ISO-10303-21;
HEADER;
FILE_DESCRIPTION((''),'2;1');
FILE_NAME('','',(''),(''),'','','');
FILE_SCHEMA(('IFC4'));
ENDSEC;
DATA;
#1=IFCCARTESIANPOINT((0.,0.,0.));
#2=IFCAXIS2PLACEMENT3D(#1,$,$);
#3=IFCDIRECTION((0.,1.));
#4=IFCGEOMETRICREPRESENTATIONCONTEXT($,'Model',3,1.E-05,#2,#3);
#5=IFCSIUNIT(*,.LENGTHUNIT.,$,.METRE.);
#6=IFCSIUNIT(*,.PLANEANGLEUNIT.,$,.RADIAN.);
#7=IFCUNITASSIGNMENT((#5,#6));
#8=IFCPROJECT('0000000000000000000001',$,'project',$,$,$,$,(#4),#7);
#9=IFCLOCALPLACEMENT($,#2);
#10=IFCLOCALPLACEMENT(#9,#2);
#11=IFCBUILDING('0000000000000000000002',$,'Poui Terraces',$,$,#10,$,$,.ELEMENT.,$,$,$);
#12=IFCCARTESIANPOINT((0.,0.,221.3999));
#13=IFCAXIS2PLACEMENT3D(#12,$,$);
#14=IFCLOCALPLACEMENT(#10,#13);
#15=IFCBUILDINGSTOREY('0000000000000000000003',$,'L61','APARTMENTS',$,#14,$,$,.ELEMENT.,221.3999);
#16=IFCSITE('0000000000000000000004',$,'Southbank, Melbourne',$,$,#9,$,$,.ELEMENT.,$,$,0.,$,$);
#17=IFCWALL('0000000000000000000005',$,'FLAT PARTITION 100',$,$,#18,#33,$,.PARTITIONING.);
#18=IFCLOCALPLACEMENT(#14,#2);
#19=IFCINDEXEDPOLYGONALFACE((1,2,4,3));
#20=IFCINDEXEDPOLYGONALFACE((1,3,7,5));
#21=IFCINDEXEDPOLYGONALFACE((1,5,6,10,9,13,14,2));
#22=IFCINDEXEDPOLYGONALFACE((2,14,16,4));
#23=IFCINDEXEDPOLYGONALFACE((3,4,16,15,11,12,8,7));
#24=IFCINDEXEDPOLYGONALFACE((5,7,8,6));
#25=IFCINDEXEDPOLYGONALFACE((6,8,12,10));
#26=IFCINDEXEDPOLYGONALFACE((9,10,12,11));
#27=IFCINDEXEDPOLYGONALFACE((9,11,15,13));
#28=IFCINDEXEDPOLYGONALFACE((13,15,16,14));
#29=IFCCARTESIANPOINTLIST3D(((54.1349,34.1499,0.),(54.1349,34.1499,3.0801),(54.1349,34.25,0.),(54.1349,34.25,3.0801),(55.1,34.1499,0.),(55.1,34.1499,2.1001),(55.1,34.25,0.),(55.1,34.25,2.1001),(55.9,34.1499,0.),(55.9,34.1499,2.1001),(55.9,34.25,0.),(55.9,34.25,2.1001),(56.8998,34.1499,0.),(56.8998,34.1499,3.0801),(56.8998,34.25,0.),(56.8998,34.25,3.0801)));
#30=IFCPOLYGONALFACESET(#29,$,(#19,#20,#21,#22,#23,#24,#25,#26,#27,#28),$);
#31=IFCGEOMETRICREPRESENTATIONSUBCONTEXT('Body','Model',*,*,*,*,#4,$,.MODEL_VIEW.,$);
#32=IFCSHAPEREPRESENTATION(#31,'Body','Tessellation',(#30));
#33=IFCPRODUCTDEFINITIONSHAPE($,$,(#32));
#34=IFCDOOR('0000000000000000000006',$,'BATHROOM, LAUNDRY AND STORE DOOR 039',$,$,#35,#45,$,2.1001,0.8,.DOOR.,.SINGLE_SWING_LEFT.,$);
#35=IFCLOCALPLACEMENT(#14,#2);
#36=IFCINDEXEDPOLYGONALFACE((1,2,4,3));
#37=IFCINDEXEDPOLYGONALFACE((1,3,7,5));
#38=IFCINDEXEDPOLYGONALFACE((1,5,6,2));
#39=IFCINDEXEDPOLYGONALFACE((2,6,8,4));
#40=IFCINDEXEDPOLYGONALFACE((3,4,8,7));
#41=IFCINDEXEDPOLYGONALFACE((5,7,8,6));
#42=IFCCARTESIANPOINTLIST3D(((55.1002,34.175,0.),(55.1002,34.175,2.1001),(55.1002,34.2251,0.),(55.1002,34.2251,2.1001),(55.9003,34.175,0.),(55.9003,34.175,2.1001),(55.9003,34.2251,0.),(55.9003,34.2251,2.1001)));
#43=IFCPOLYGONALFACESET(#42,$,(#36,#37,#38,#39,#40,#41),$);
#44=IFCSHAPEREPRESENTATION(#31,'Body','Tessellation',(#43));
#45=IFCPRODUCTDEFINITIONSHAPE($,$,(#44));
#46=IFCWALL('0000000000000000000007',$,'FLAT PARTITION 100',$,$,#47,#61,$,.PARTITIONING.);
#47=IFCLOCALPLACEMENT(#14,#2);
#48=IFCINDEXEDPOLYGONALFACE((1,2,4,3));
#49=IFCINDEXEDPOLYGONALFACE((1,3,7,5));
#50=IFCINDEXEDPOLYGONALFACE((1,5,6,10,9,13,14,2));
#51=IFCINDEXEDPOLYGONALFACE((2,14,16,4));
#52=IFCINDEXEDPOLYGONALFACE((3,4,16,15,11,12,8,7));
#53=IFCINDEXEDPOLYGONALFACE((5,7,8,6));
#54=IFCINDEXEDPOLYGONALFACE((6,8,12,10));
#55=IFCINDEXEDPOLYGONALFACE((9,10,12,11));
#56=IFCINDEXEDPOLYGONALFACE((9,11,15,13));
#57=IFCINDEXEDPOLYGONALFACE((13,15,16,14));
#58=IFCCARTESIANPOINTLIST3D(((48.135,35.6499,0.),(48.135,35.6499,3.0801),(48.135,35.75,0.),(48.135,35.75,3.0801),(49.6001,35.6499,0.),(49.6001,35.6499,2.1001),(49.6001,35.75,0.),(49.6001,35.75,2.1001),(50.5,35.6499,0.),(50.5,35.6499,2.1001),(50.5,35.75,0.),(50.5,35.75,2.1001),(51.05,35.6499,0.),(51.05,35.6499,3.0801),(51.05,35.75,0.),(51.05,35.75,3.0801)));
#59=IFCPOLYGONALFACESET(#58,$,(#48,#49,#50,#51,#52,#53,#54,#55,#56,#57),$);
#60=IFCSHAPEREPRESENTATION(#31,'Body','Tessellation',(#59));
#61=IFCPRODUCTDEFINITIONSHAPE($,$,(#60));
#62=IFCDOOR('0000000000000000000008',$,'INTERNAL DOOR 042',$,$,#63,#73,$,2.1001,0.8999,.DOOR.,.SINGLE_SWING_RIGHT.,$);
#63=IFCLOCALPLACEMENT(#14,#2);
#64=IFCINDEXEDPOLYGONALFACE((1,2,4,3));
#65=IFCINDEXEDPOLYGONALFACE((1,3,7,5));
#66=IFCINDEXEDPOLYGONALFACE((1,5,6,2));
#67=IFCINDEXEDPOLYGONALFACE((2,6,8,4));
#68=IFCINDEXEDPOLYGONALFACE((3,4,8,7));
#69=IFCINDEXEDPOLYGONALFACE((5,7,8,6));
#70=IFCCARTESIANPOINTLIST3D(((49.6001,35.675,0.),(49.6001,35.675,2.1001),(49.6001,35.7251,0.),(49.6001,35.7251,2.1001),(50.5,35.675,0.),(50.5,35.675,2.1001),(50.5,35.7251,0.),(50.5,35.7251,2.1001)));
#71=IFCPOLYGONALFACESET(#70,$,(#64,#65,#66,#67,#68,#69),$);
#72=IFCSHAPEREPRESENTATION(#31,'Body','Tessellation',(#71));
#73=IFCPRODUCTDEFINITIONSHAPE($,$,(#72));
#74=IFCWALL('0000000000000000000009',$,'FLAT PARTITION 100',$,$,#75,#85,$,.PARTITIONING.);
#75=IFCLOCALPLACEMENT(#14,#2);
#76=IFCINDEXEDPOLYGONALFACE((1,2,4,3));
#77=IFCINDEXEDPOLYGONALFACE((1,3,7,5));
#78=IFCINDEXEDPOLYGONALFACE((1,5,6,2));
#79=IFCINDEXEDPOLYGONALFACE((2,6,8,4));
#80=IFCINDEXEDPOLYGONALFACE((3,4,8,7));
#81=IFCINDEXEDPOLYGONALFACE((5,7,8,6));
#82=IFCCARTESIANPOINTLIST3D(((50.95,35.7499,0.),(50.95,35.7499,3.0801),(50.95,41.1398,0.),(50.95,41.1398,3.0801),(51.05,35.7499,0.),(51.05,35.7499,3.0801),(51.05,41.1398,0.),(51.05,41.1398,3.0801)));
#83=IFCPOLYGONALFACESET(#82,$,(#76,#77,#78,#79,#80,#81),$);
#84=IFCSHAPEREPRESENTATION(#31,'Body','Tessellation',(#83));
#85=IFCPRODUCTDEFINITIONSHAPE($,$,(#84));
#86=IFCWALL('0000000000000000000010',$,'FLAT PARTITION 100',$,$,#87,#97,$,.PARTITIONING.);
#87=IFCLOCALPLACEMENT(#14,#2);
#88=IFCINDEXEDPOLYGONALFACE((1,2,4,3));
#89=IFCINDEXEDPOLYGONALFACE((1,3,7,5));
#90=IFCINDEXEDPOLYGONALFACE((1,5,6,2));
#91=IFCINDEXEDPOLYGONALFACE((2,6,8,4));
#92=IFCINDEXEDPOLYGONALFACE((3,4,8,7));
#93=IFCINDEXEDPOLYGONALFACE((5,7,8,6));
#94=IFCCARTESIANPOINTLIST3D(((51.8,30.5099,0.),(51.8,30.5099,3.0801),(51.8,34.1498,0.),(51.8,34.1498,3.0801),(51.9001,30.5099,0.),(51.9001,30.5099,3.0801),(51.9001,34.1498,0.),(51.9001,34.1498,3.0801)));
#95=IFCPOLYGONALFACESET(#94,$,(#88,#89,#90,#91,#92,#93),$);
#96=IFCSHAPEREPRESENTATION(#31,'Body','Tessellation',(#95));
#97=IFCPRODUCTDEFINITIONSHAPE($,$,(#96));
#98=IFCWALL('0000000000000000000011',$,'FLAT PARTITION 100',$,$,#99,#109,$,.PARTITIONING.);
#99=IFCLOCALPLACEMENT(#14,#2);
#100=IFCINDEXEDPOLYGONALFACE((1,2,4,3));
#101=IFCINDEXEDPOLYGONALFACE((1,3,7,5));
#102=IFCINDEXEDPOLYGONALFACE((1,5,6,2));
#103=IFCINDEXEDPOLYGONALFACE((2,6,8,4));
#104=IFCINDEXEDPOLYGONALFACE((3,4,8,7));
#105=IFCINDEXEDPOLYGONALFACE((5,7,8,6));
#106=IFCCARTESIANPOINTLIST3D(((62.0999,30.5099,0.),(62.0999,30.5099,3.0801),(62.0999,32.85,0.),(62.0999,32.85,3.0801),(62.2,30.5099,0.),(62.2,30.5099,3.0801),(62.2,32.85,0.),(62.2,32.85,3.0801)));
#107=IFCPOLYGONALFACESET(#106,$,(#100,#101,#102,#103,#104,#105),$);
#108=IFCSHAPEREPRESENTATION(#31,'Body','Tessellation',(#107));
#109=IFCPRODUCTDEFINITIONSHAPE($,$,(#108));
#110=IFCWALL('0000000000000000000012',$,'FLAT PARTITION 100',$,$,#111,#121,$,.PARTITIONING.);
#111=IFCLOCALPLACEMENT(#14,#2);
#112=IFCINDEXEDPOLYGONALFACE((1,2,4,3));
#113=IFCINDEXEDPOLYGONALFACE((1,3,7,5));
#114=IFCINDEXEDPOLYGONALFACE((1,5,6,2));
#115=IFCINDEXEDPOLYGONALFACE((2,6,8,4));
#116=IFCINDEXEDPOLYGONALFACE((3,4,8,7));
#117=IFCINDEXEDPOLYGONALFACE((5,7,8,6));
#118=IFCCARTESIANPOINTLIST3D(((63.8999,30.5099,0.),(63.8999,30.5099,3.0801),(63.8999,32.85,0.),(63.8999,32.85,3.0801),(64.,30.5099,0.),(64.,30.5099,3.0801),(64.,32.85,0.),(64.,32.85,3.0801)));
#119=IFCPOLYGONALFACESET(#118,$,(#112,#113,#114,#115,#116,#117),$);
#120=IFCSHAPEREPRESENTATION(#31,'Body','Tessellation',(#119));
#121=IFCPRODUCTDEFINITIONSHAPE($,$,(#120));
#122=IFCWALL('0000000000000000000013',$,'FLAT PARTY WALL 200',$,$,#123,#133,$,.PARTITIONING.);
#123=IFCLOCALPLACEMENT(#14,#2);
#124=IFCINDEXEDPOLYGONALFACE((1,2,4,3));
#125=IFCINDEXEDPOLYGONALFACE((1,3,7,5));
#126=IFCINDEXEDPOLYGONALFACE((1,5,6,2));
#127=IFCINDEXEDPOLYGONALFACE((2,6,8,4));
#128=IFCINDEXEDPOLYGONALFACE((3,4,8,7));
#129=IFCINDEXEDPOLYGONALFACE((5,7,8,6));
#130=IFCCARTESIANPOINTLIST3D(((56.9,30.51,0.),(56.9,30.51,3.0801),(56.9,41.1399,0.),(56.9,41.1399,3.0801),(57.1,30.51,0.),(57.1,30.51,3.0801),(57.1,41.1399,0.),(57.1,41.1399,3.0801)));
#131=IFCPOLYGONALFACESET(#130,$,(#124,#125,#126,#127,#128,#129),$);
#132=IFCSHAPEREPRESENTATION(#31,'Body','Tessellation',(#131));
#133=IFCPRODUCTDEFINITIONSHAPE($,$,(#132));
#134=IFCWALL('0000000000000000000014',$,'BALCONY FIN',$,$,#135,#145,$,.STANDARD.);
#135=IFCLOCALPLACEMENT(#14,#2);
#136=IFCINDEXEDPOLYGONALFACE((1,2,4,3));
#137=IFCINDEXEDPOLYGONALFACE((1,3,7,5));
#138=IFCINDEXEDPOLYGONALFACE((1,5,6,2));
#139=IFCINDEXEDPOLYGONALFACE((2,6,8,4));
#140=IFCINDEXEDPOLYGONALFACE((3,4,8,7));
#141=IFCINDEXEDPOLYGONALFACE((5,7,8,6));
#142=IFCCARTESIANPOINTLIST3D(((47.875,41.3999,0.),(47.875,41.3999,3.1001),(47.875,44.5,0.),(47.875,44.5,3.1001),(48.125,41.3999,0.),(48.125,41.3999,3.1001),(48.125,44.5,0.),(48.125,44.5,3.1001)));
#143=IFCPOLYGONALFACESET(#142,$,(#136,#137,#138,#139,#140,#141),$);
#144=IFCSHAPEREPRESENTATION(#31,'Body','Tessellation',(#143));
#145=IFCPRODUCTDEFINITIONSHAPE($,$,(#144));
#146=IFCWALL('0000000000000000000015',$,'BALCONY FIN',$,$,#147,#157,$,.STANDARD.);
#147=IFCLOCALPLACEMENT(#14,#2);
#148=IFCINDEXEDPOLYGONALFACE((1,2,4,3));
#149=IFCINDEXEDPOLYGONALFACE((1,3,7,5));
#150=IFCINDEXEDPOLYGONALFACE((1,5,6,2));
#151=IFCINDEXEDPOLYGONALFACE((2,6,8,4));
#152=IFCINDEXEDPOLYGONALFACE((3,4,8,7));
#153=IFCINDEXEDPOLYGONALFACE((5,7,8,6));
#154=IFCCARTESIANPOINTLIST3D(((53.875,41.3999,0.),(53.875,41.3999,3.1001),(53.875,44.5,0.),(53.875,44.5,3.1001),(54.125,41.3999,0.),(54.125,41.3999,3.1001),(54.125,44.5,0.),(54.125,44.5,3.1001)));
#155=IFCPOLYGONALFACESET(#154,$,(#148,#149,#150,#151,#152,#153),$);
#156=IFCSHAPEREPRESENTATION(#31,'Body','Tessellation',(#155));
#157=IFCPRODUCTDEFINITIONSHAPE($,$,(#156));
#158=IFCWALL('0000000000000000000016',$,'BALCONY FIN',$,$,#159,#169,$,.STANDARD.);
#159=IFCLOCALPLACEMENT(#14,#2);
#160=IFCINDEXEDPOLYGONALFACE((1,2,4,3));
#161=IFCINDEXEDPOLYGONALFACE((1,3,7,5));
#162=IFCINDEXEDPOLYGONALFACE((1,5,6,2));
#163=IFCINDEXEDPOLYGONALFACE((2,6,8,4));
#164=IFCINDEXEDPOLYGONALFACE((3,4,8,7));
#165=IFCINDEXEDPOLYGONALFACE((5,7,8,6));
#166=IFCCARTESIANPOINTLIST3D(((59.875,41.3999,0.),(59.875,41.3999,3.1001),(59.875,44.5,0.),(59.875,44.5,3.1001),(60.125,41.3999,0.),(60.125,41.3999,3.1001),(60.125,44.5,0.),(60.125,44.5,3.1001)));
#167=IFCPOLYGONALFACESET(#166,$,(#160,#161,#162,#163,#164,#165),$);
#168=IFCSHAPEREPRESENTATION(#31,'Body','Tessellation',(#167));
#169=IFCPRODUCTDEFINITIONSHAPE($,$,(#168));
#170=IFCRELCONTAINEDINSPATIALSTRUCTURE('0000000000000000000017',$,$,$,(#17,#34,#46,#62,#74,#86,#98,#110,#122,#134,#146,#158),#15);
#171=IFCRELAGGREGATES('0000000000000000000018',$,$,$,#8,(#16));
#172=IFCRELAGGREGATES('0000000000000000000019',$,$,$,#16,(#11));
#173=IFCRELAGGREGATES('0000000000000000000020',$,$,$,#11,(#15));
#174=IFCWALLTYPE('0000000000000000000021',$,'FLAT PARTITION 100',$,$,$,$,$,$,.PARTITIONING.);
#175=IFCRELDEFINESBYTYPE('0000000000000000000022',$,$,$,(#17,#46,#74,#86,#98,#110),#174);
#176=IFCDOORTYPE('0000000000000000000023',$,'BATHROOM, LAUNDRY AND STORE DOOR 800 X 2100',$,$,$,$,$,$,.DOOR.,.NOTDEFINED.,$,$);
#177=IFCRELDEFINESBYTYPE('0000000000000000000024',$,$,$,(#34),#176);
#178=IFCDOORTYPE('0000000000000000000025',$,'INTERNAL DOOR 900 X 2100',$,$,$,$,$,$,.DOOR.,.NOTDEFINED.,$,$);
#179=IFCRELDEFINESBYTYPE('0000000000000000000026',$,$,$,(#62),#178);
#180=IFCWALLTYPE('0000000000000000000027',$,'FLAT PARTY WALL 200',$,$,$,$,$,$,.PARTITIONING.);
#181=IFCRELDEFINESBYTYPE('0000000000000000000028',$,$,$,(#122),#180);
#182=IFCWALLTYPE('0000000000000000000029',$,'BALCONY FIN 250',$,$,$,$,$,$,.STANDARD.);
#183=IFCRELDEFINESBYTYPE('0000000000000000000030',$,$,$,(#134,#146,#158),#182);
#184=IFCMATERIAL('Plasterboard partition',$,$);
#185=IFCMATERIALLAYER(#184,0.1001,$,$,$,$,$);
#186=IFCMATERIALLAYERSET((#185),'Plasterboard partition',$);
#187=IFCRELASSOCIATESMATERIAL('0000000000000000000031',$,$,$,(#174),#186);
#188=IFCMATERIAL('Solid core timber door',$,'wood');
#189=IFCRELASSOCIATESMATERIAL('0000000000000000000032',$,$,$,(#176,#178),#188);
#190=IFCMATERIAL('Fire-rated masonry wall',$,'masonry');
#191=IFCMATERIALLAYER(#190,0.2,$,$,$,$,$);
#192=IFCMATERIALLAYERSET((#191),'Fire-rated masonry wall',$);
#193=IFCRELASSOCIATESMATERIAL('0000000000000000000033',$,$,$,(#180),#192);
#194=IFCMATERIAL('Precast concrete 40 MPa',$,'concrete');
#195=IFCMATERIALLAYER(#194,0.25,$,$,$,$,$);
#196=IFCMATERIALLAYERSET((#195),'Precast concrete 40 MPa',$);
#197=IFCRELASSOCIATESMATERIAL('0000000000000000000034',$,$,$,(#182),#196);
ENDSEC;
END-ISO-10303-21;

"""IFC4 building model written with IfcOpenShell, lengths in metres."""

from ifc_helpers import new_model, si_unit, direction, frame, frame_2d, origin, place, context, subcontext, project, spatial, polyline, rectangle, outline, extrude, source, transform, mapped, material, layer, layer_set, type_object, element, fill, save


model = new_model("IFC4")

# Units and contexts
model_context = context("Model", 3, precision=1e-05, world=origin(), true_north=direction((0.0, 1.0)))
body_context = subcontext(model_context, "Body", "Model", "MODEL_VIEW")
ifc_project = project(units=[si_unit("LENGTHUNIT", "METRE"), si_unit("PLANEANGLEUNIT", "RADIAN")], contexts=[model_context])

# Site, building, storey
site_placement = place(None, origin())
site = spatial("IfcSite", under=ifc_project, at=site_placement, Name="Southbank, Melbourne", CompositionType="ELEMENT", RefElevation=0.0)
building_placement = place(site_placement, origin())
building = spatial("IfcBuilding", under=site, at=building_placement, Name="Poui Terraces", CompositionType="ELEMENT")
storey_placement = place(building_placement, frame((0.0, 0.0, 221.3999)))
storey = spatial("IfcBuildingStorey", under=building, at=storey_placement, Name="L61", Description="APARTMENTS", CompositionType="ELEMENT", Elevation=221.3999)

# Walls, openings, doors
ifc_material_1 = material(Name="Plasterboard partition")
ifc_layer_1 = layer(ifc_material_1, 0.1001)
ifc_layer_set_1 = layer_set([ifc_layer_1], Name="Plasterboard partition")
wall_type_1 = type_object("IfcWallType", Name="FLAT PARTITION 100", PredefinedType="PARTITIONING", material=ifc_layer_set_1)
ifc_material_2 = material(Name="Solid core timber door", Category="wood")
door_type_1 = type_object("IfcDoorType", Name="BATHROOM, LAUNDRY AND STORE DOOR 800 X 2100", OperationType="NOTDEFINED", PredefinedType="DOOR", material=ifc_material_2)
door_type_2 = type_object("IfcDoorType", Name="INTERNAL DOOR 900 X 2100", OperationType="NOTDEFINED", PredefinedType="DOOR", material=ifc_material_2)
wall_1_placement = place(storey_placement, frame((54.135, 34.2, 0.0), z_axis=(0.0, 0.0, 1.0), x_axis=(1.0, 0.0, 0.0)))
wall_1 = element("IfcWall", 1, at=wall_1_placement, inside=storey, type_object=wall_type_1, Name="FLAT PARTITION 100", PredefinedType="PARTITIONING", context=body_context, shape_type="SweptSolid", body=[
    extrude(rectangle(XDim=2.7649, YDim=0.1001, at=frame_2d((1.3823, 0.0))), origin(), (0.0, 0.0, 1.0), 3.0801),
])
opening_1_placement = place(wall_1_placement, frame((0.9651, 0.0, 0.0)))
opening_1 = element("IfcOpeningElement", 2, at=opening_1_placement, cuts=wall_1, PredefinedType="OPENING", context=body_context, shape_type="SweptSolid", body=[
    extrude(rectangle(XDim=0.8, YDim=2.1001, at=frame_2d((0.3999, 1.05))), frame((0.0, 0.0601, 0.0), z_axis=(0.0, -1.0, 0.0), x_axis=(1.0, 0.0, 0.0)), (0.0, 0.0, 1.0), 0.1201),
])
door_1_placement = place(opening_1_placement, frame((0.8, 0.0, 0.0), z_axis=(0.0, 0.0, 1.0), x_axis=(-1.0, 0.0, 0.0)))
door_1 = element("IfcDoor", 3, at=door_1_placement, inside=storey, type_object=door_type_1, Name="BATHROOM, LAUNDRY AND STORE DOOR 039", OperationType="SINGLE_SWING_LEFT", OverallHeight=2.1001, OverallWidth=0.8, PredefinedType="DOOR", context=body_context, shape_type="SweptSolid", body=[
    extrude(rectangle(XDim=0.8, YDim=2.1001, at=frame_2d((0.3999, 1.05))), frame((0.0, 0.0249, 0.0), z_axis=(0.0, -1.0, 0.0), x_axis=(1.0, 0.0, 0.0)), (0.0, 0.0, 1.0), 0.05),
])
fill(opening_1, door_1)
wall_2_placement = place(storey_placement, frame((48.135, 35.7, 0.0), z_axis=(0.0, 0.0, 1.0), x_axis=(1.0, 0.0, 0.0)))
wall_2 = element("IfcWall", 4, at=wall_2_placement, inside=storey, type_object=wall_type_1, Name="FLAT PARTITION 100", PredefinedType="PARTITIONING", context=body_context, shape_type="SweptSolid", body=[
    extrude(rectangle(XDim=2.915, YDim=0.1001, at=frame_2d((1.4575, 0.0))), origin(), (0.0, 0.0, 1.0), 3.0801),
])
opening_2_placement = place(wall_2_placement, frame((1.4651, 0.0, 0.0)))
opening_2 = element("IfcOpeningElement", 5, at=opening_2_placement, cuts=wall_2, PredefinedType="OPENING", context=body_context, shape_type="SweptSolid", body=[
    extrude(rectangle(XDim=0.8999, YDim=2.1001, at=frame_2d((0.45, 1.05))), frame((0.0, 0.0601, 0.0), z_axis=(0.0, -1.0, 0.0), x_axis=(1.0, 0.0, 0.0)), (0.0, 0.0, 1.0), 0.1201),
])
door_2_placement = place(opening_2_placement, frame((0.8999, 0.0, 0.0), z_axis=(0.0, 0.0, 1.0), x_axis=(-1.0, 0.0, 0.0)))
door_2 = element("IfcDoor", 6, at=door_2_placement, inside=storey, type_object=door_type_2, Name="INTERNAL DOOR 042", OperationType="SINGLE_SWING_RIGHT", OverallHeight=2.1001, OverallWidth=0.8999, PredefinedType="DOOR", context=body_context, shape_type="SweptSolid", body=[
    extrude(rectangle(XDim=0.8999, YDim=2.1001, at=frame_2d((0.45, 1.05))), frame((0.0, 0.0249, 0.0), z_axis=(0.0, -1.0, 0.0), x_axis=(1.0, 0.0, 0.0)), (0.0, 0.0, 1.0), 0.05),
])
fill(opening_2, door_2)

# Walls
wall_3_placement = place(storey_placement, frame((51.0, 35.75, 0.0), z_axis=(0.0, 0.0, 1.0), x_axis=(0.0, 1.0, 0.0)))
element("IfcWall", 7, at=wall_3_placement, inside=storey, type_object=wall_type_1, Name="FLAT PARTITION 100", PredefinedType="PARTITIONING", context=body_context, shape_type="SweptSolid", body=[
    extrude(rectangle(XDim=5.3899, YDim=0.1001, at=frame_2d((2.6948, 0.0))), origin(), (0.0, 0.0, 1.0), 3.0801),
])
wall_4_placement = place(storey_placement, frame((51.8501, 30.51, 0.0), z_axis=(0.0, 0.0, 1.0), x_axis=(0.0, 1.0, 0.0)))
element("IfcWall", 8, at=wall_4_placement, inside=storey, type_object=wall_type_1, Name="FLAT PARTITION 100", PredefinedType="PARTITIONING", context=body_context, shape_type="SweptSolid", body=[
    extrude(rectangle(XDim=3.6399, YDim=0.1001, at=frame_2d((1.8198, 0.0))), origin(), (0.0, 0.0, 1.0), 3.0801),
])
for number, where, z_axis, x_axis, name in (
    (9, (62.1499, 30.51, 0.0), (0.0, 0.0, 1.0), (0.0, 1.0, 0.0), "FLAT PARTITION 100"),
    (10, (63.95, 30.51, 0.0), (0.0, 0.0, 1.0), (0.0, 1.0, 0.0), "FLAT PARTITION 100"),
):
    element("IfcWall", number, at=place(storey_placement, frame(where, z_axis=z_axis, x_axis=x_axis)), inside=storey, type_object=wall_type_1, Name=name, PredefinedType="PARTITIONING", context=body_context, shape_type="SweptSolid", body=[
        extrude(rectangle(XDim=2.3401, YDim=0.1001, at=frame_2d((1.1699, 0.0))), origin(), (0.0, 0.0, 1.0), 3.0801),
    ])
ifc_material_3 = material(Name="Fire-rated masonry wall", Category="masonry")
ifc_layer_2 = layer(ifc_material_3, 0.2)
ifc_layer_set_2 = layer_set([ifc_layer_2], Name="Fire-rated masonry wall")
wall_type_2 = type_object("IfcWallType", Name="FLAT PARTY WALL 200", PredefinedType="PARTITIONING", material=ifc_layer_set_2)
wall_5_placement = place(storey_placement, frame((57.0, 30.51, 0.0), z_axis=(0.0, 0.0, 1.0), x_axis=(0.0, 1.0, 0.0)))
element("IfcWall", 11, at=wall_5_placement, inside=storey, type_object=wall_type_2, Name="FLAT PARTY WALL 200", PredefinedType="PARTITIONING", context=body_context, shape_type="SweptSolid", body=[
    extrude(rectangle(XDim=10.6299, YDim=0.2, at=frame_2d((5.3149, 0.0))), origin(), (0.0, 0.0, 1.0), 3.0801),
])
ifc_material_4 = material(Name="Precast concrete 40 MPa", Category="concrete")
ifc_layer_3 = layer(ifc_material_4, 0.25)
ifc_layer_set_3 = layer_set([ifc_layer_3], Name="Precast concrete 40 MPa")
wall_type_3 = type_object("IfcWallType", Name="BALCONY FIN 250", PredefinedType="STANDARD", material=ifc_layer_set_3)
shared_shape_1 = source(origin(), body_context, "Body", "SweptSolid", [
    extrude(outline(polyline([(0.0, 0.0), (0.25, 0.0), (0.25, 3.1001), (0.0, 3.1001), (0.0, 0.0)])), origin(), (0.0, 0.0, 1.0), 3.1001),
])
for number, where, name in (
    (12, (47.875, 41.3999, 0.0), "BALCONY FIN"),
    (13, (53.875, 41.3999, 0.0), "BALCONY FIN"),
    (14, (59.875, 41.3999, 0.0), "BALCONY FIN"),
):
    element("IfcWall", number, at=place(storey_placement, frame(where)), inside=storey, type_object=wall_type_3, Name=name, PredefinedType="STANDARD", context=body_context, shape_type="MappedRepresentation", body=[
        mapped(shared_shape_1, transform((0.0, 0.0, 0.0))),
    ])

save(model, "model.ifc")
